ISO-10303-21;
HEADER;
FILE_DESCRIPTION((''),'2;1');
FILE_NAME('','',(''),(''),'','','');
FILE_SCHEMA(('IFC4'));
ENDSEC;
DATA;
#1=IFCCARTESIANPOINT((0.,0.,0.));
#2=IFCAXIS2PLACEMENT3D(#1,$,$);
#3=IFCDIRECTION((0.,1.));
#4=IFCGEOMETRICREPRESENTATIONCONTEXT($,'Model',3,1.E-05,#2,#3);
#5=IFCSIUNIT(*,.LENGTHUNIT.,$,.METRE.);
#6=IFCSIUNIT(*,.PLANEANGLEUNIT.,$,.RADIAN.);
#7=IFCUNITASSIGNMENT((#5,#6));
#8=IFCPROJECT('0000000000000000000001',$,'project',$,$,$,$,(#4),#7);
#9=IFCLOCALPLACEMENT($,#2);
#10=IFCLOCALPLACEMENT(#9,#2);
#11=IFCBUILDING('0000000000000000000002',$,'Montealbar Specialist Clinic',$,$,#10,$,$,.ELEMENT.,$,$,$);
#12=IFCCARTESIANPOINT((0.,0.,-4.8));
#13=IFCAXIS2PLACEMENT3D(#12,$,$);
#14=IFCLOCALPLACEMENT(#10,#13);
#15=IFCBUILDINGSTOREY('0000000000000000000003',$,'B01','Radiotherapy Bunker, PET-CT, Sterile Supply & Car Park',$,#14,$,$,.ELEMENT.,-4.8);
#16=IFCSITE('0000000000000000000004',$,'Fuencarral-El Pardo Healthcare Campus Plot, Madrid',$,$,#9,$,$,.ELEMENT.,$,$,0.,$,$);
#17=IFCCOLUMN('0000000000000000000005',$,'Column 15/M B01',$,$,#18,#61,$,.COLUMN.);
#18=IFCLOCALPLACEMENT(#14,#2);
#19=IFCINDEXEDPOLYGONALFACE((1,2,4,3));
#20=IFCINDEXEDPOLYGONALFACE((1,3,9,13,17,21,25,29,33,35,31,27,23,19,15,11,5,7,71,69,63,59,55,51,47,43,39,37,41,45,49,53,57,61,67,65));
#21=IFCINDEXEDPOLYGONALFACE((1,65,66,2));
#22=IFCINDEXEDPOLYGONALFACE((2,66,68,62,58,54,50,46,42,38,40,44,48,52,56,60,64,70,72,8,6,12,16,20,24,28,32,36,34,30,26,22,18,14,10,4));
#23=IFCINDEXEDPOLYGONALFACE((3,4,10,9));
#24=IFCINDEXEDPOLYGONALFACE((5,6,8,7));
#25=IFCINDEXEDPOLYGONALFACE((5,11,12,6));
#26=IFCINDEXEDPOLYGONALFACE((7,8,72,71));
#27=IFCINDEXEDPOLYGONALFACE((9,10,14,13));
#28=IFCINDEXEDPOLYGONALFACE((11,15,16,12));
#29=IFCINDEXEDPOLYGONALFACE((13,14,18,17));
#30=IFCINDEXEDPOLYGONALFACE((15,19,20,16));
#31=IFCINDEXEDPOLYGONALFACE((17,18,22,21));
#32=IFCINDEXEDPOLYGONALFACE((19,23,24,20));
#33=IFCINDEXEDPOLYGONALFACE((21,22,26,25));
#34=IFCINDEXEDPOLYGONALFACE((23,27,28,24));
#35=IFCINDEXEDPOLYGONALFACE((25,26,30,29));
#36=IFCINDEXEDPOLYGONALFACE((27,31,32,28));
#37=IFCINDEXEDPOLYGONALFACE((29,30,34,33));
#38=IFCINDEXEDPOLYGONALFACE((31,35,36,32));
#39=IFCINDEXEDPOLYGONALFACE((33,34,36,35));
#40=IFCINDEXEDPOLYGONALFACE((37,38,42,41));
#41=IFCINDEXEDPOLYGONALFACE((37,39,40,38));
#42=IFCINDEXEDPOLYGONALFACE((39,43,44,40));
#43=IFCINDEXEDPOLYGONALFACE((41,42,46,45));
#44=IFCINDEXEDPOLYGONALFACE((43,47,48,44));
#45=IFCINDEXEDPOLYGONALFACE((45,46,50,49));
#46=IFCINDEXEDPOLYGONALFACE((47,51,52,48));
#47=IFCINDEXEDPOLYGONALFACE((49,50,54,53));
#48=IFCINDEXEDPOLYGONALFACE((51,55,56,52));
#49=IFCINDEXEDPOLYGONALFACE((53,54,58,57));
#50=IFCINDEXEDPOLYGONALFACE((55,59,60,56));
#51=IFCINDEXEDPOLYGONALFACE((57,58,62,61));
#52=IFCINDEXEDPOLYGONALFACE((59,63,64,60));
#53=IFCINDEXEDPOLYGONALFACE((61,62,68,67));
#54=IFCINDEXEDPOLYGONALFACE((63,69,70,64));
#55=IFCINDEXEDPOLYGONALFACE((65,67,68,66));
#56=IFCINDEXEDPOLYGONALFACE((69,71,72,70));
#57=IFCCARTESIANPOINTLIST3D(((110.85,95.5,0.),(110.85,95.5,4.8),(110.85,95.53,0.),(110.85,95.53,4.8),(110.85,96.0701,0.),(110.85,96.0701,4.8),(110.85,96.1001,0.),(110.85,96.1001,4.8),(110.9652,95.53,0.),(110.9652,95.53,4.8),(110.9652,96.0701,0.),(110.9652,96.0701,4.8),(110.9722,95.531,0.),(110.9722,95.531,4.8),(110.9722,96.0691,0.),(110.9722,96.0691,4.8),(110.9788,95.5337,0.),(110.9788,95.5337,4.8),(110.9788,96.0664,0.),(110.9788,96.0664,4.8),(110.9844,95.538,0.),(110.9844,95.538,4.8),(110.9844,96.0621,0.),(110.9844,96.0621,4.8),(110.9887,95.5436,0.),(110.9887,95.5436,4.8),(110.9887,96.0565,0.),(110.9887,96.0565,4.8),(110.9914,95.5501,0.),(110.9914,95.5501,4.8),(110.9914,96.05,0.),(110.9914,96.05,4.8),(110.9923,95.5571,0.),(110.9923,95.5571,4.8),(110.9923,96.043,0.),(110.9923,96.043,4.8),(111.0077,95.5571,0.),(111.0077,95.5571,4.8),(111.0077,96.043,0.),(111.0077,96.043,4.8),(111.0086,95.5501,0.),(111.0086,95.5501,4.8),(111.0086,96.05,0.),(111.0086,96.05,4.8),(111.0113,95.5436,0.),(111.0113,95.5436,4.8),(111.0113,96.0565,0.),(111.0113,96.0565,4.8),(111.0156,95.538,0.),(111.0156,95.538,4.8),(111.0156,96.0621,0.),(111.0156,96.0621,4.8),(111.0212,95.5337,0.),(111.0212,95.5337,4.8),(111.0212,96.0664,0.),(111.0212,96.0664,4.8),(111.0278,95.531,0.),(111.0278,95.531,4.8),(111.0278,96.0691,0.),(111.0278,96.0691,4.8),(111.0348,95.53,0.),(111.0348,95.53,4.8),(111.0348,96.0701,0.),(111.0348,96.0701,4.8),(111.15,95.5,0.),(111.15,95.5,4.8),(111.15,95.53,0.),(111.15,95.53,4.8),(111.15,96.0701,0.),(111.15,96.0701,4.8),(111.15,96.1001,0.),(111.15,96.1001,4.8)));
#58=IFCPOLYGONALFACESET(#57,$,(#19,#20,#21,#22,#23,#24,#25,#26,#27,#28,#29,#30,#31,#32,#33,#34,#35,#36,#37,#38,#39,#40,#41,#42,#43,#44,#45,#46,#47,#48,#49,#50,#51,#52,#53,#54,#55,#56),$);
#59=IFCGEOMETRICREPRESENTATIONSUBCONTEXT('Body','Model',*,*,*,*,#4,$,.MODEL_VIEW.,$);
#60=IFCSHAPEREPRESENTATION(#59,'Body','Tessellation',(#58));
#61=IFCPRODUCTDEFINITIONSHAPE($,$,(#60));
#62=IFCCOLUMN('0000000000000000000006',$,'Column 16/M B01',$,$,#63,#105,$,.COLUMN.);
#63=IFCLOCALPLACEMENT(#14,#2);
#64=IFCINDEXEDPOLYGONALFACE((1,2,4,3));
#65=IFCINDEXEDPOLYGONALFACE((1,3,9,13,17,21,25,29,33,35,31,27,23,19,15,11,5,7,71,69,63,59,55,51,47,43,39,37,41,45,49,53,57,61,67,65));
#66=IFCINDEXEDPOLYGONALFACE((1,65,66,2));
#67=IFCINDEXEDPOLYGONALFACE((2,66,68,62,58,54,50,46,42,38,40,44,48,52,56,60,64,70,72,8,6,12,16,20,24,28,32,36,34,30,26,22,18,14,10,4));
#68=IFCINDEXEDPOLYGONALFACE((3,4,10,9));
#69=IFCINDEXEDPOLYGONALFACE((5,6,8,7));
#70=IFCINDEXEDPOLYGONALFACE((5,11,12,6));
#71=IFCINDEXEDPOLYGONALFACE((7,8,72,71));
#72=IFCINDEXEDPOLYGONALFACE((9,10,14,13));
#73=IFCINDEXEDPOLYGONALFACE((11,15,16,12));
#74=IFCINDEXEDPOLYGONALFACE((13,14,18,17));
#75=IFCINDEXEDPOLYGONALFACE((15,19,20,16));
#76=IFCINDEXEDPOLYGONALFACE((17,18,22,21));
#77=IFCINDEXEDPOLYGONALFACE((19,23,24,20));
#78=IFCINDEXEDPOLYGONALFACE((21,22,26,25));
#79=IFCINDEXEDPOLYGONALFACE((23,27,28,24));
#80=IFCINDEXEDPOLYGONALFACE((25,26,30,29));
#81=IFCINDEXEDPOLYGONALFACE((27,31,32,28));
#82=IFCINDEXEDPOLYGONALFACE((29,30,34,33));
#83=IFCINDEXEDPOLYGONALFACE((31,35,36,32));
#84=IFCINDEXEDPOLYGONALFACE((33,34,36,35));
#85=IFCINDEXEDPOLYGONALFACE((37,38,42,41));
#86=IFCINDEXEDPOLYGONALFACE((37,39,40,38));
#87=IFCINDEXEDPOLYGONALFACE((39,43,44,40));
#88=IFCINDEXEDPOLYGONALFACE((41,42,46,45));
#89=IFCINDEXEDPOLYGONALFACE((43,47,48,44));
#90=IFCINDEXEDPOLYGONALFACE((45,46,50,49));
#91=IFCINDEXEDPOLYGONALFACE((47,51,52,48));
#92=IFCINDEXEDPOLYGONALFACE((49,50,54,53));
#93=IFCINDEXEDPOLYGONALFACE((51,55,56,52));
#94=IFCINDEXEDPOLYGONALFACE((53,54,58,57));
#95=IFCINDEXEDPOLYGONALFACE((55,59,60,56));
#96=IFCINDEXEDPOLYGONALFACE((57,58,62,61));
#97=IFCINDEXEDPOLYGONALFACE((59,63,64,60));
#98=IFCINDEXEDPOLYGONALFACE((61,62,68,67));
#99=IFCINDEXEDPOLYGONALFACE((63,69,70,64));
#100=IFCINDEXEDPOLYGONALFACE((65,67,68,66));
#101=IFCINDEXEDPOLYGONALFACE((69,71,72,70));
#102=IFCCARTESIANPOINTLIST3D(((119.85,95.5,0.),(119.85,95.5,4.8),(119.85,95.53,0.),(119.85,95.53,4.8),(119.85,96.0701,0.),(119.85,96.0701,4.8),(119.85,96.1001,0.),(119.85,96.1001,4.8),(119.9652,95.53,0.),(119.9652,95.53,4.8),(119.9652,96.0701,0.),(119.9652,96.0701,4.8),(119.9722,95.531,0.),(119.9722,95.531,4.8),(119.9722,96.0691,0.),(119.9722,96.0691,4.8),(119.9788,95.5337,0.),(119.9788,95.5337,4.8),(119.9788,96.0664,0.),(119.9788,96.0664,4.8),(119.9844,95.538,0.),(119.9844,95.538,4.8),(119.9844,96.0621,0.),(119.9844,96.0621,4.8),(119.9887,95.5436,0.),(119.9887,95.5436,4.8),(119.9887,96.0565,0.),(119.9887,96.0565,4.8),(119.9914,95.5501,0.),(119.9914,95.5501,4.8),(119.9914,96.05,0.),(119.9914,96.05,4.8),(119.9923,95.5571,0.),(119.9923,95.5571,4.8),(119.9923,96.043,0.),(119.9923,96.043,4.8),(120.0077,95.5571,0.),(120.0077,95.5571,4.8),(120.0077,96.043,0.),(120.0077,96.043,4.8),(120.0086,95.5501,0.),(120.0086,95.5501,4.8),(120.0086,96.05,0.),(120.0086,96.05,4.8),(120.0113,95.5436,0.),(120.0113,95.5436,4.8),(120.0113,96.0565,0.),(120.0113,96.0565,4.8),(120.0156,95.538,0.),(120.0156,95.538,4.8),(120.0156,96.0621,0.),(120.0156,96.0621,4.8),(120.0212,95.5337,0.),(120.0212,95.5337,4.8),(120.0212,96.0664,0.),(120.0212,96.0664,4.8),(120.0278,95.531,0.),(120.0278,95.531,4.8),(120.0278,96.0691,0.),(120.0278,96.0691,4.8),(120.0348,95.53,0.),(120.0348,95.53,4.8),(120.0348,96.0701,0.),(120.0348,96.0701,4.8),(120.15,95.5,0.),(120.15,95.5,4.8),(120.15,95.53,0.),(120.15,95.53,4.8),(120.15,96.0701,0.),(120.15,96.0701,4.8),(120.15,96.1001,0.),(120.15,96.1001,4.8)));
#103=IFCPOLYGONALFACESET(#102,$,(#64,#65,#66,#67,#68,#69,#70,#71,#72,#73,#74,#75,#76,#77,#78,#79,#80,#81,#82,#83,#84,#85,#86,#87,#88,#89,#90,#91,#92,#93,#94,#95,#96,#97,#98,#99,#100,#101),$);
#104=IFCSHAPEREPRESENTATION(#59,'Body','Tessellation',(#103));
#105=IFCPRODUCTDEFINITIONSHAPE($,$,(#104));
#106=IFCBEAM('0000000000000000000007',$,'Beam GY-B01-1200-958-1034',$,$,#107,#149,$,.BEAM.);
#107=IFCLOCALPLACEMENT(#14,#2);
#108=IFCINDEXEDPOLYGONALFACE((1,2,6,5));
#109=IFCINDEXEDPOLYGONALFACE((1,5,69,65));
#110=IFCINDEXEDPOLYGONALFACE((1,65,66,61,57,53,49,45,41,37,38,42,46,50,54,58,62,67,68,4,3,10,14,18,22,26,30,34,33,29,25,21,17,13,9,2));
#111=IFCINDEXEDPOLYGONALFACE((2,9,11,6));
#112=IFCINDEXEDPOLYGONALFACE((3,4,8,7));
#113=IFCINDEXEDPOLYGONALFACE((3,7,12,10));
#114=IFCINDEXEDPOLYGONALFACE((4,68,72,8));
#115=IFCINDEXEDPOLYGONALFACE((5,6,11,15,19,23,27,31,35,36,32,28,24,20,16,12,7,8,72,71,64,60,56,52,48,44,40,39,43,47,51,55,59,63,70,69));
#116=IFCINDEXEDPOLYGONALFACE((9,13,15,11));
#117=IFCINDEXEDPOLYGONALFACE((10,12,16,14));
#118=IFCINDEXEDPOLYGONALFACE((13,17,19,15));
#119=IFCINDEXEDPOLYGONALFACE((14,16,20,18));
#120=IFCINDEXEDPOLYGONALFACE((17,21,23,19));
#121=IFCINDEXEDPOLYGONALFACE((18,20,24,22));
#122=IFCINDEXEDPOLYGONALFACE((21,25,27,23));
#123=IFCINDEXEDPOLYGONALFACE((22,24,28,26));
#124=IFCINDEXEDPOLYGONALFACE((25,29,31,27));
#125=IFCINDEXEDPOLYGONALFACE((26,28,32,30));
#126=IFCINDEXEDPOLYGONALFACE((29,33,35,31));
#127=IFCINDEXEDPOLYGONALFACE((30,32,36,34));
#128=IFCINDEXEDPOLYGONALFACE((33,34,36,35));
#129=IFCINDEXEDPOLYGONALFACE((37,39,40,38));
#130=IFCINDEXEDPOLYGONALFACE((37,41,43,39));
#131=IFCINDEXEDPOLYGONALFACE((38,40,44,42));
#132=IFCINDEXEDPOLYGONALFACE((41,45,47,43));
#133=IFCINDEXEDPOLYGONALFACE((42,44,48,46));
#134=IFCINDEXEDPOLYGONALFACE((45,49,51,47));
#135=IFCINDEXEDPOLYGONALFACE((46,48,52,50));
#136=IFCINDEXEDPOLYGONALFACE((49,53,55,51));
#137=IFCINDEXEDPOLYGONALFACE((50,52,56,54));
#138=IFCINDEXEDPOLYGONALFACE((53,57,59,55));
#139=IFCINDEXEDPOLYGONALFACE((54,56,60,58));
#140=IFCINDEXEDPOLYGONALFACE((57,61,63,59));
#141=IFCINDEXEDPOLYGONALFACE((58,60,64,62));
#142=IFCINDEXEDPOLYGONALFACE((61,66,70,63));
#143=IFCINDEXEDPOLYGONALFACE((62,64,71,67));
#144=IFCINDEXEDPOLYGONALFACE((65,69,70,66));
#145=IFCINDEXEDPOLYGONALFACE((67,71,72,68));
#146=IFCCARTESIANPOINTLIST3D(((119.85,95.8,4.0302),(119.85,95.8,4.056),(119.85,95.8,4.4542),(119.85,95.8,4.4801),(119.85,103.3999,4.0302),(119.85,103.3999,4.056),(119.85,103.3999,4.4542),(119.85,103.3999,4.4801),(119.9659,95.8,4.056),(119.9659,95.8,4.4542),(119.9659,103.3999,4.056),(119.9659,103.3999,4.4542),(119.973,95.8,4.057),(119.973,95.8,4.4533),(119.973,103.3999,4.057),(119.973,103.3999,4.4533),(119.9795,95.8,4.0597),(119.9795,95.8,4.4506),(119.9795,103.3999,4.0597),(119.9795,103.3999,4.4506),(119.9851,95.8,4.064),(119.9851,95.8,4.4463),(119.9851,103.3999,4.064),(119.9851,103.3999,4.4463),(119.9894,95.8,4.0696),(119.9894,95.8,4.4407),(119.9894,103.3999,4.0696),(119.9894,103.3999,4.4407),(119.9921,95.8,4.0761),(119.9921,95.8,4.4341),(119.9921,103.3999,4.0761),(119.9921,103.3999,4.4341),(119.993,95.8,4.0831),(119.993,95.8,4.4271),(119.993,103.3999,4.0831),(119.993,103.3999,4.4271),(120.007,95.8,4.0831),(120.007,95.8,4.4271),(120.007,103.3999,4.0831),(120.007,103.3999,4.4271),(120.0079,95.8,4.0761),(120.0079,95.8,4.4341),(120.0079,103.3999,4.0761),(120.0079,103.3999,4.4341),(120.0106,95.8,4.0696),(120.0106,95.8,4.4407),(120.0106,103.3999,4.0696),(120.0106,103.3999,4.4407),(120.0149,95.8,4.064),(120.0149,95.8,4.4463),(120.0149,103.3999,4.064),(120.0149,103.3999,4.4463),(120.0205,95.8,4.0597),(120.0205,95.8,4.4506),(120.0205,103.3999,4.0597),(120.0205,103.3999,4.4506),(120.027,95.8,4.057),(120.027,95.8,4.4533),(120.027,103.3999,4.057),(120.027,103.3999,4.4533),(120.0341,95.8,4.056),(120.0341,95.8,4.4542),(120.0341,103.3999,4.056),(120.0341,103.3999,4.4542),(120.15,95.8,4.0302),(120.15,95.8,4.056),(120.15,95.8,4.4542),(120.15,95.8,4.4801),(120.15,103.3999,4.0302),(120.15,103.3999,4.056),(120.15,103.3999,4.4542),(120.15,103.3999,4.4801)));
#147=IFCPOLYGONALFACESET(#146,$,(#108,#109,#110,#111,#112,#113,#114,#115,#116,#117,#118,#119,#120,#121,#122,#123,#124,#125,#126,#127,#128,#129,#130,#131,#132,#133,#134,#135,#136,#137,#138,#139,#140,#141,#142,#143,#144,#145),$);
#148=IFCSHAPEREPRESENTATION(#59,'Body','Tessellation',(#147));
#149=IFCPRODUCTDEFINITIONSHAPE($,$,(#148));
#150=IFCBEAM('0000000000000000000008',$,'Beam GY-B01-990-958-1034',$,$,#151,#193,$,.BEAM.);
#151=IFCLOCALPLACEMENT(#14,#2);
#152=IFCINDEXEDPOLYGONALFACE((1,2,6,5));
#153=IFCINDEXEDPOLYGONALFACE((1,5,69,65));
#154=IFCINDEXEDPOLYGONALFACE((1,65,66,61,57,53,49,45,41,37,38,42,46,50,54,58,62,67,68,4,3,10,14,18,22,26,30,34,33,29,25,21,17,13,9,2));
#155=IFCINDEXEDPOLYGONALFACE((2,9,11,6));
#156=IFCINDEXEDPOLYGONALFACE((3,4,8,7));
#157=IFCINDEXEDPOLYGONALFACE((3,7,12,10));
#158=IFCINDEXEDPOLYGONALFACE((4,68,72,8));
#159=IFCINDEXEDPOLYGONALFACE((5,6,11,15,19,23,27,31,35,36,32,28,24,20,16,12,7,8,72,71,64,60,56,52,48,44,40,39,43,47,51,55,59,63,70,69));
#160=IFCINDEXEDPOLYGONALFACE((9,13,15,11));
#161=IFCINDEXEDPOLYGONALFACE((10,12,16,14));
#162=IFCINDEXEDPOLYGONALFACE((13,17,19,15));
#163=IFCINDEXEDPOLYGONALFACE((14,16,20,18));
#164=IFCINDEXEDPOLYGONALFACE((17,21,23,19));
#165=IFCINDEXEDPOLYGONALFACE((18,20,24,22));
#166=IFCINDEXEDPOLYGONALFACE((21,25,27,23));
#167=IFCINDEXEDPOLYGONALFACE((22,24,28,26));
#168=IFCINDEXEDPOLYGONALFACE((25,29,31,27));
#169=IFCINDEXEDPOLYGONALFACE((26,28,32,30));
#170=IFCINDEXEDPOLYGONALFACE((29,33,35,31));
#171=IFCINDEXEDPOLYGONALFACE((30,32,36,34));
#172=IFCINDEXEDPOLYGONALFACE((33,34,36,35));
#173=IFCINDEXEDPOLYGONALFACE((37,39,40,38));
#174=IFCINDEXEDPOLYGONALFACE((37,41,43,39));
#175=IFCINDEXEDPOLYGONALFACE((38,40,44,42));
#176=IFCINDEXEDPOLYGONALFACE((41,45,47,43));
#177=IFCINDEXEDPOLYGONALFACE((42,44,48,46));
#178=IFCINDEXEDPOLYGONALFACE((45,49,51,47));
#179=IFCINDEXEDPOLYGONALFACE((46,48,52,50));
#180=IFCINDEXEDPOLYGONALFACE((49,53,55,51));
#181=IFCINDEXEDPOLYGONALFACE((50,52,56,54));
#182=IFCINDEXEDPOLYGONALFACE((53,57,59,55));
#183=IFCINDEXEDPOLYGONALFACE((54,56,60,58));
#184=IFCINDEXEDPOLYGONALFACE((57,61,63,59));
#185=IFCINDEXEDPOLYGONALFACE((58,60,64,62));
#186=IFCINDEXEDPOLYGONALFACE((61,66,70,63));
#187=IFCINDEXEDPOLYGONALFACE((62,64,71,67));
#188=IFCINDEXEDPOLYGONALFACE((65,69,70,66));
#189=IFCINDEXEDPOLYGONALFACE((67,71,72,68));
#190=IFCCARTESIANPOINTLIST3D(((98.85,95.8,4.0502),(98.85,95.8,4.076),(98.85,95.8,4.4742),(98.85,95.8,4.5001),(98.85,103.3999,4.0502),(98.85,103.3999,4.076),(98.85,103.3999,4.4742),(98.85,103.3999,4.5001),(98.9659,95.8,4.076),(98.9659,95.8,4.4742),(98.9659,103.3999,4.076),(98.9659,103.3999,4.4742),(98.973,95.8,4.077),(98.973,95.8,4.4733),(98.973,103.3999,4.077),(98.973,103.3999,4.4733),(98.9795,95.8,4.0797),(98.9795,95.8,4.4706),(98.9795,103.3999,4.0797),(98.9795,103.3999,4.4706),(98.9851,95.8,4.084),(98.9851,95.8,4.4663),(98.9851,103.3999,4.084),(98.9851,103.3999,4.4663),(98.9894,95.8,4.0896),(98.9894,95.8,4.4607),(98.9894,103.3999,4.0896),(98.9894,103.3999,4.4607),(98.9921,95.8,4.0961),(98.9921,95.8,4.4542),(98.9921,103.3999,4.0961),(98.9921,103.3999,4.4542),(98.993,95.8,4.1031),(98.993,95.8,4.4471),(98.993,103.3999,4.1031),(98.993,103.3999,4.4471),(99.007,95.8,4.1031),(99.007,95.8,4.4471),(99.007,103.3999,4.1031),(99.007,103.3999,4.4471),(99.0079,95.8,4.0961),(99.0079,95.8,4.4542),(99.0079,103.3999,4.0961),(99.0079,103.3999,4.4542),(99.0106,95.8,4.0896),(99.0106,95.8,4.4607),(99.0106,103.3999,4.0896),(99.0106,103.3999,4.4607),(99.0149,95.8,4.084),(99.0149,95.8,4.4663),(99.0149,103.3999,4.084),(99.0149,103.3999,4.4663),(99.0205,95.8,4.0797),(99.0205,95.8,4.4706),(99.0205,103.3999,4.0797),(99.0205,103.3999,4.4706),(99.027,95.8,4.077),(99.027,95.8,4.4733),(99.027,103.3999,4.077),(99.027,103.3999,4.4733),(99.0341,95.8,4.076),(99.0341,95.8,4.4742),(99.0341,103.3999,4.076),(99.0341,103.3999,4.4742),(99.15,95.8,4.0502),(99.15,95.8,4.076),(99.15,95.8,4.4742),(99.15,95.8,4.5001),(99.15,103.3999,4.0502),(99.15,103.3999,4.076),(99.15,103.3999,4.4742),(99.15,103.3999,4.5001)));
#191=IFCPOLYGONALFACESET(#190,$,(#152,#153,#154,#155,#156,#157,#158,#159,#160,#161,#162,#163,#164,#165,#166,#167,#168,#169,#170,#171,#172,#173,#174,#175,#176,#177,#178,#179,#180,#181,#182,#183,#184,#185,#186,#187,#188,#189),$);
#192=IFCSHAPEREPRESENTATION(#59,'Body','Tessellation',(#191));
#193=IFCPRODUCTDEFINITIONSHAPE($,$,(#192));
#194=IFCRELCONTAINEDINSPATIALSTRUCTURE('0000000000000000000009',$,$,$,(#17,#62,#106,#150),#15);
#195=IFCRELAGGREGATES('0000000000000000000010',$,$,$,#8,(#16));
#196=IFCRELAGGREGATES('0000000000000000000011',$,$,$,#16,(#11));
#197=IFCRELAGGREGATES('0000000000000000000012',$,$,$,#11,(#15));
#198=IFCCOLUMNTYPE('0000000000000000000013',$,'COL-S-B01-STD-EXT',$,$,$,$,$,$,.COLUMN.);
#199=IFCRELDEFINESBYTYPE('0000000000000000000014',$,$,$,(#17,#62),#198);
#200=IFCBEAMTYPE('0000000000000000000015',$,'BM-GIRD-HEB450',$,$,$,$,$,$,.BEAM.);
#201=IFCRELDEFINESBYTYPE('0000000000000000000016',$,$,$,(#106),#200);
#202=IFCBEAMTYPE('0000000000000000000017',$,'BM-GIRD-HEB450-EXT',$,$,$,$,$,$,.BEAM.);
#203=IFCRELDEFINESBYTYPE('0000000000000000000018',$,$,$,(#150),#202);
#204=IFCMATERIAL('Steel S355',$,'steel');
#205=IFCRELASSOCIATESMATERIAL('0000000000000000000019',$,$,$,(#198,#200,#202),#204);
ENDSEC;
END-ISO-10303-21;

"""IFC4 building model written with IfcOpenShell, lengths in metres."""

from ifc_helpers import new_model, si_unit, direction, frame, origin, origin_2d, place, context, subcontext, project, spatial, i_section, extrude, material, material_profile, profile_set, type_object, element, save


model = new_model("IFC4")

# Units and contexts
model_context = context("Model", 3, precision=1e-05, world=origin(), true_north=direction((0.0, 1.0)))
body_context = subcontext(model_context, "Body", "Model", "MODEL_VIEW")
ifc_project = project(units=[si_unit("LENGTHUNIT", "METRE"), si_unit("PLANEANGLEUNIT", "RADIAN")], contexts=[model_context])

# Site, building, storey
site_placement = place(None, origin())
site = spatial("IfcSite", under=ifc_project, at=site_placement, Name="Fuencarral-El Pardo Healthcare Campus Plot, Madrid", CompositionType="ELEMENT", RefElevation=0.0)
building_placement = place(site_placement, origin())
building = spatial("IfcBuilding", under=site, at=building_placement, Name="Montealbar Specialist Clinic", CompositionType="ELEMENT")
storey_placement = place(building_placement, frame((0.0, 0.0, -4.8)))
storey = spatial("IfcBuildingStorey", under=building, at=storey_placement, Name="B01", Description="Radiotherapy Bunker, PET-CT, Sterile Supply & Car Park", CompositionType="ELEMENT", Elevation=-4.8)

# Columns
ifc_material_1 = material(Name="Steel S355", Category="steel")
ifc_material_profile_1 = material_profile(ifc_material_1, i_section(OverallWidth=0.3, OverallDepth=0.6001, WebThickness=0.0154, FlangeThickness=0.03, FilletRadius=0.0271, at=origin_2d()), Name="HEB 600", Category="steel")
ifc_profile_set_1 = profile_set([ifc_material_profile_1], Name="Steel S355")
column_type = type_object("IfcColumnType", Name="COL-S-B01-STD-EXT", PredefinedType="COLUMN", material=ifc_profile_set_1)
for number, where, z_axis, x_axis, name in (
    (1, (111.0, 95.8, 0.0), (0.0, 0.0, 1.0), (1.0, 0.0, 0.0), "Column 15/M B01"),
    (2, (120.0, 95.8, 0.0), (0.0, 0.0, 1.0), (1.0, 0.0, 0.0), "Column 16/M B01"),
):
    element("IfcColumn", number, at=place(storey_placement, frame(where, z_axis=z_axis, x_axis=x_axis)), inside=storey, type_object=column_type, Name=name, PredefinedType="COLUMN", context=body_context, shape_type="SweptSolid", body=[
        extrude(i_section(OverallWidth=0.3, OverallDepth=0.6001, WebThickness=0.0154, FlangeThickness=0.03, FilletRadius=0.0271, at=origin_2d()), origin(), (0.0, 0.0, 1.0), 4.8),
    ])

# Beams
ifc_material_profile_2 = material_profile(ifc_material_1, i_section(OverallWidth=0.3, OverallDepth=0.45, WebThickness=0.0139, FlangeThickness=0.0259, FilletRadius=0.0271, at=origin_2d()), Name="HEB 450", Category="steel")
ifc_profile_set_2 = profile_set([ifc_material_profile_2], Name="Steel S355")
beam_type_1 = type_object("IfcBeamType", Name="BM-GIRD-HEB450", PredefinedType="BEAM", material=ifc_profile_set_2)
beam_1_placement = place(storey_placement, frame((120.0, 95.8, 4.2551), z_axis=(0.0, 1.0, 0.0), x_axis=(-1.0, 0.0, 0.0)))
element("IfcBeam", 3, at=beam_1_placement, inside=storey, type_object=beam_type_1, Name="Beam GY-B01-1200-958-1034", PredefinedType="BEAM", context=body_context, shape_type="SweptSolid", body=[
    extrude(i_section(OverallWidth=0.3, OverallDepth=0.45, WebThickness=0.0139, FlangeThickness=0.0259, FilletRadius=0.0271, at=origin_2d()), origin(), (0.0, 0.0, 1.0), 7.5999),
])
ifc_material_profile_3 = material_profile(ifc_material_1, i_section(OverallWidth=0.3, OverallDepth=0.45, WebThickness=0.0139, FlangeThickness=0.0259, FilletRadius=0.0271, at=origin_2d()), Name="HEB 450", Category="steel")
ifc_profile_set_3 = profile_set([ifc_material_profile_3], Name="Steel S355")
beam_type_2 = type_object("IfcBeamType", Name="BM-GIRD-HEB450-EXT", PredefinedType="BEAM", material=ifc_profile_set_3)
for number, where, z_axis, x_axis, name in (
    (4, (99.0, 95.8, 4.2751), (0.0, 1.0, 0.0), (-1.0, 0.0, 0.0), "Beam GY-B01-990-958-1034"),
):
    element("IfcBeam", number, at=place(storey_placement, frame(where, z_axis=z_axis, x_axis=x_axis)), inside=storey, type_object=beam_type_2, Name=name, PredefinedType="BEAM", context=body_context, shape_type="SweptSolid", body=[
        extrude(i_section(OverallWidth=0.3, OverallDepth=0.45, WebThickness=0.0139, FlangeThickness=0.0259, FilletRadius=0.0271, at=origin_2d()), origin(), (0.0, 0.0, 1.0), 7.5999),
    ])

save(model, "model.ifc")
